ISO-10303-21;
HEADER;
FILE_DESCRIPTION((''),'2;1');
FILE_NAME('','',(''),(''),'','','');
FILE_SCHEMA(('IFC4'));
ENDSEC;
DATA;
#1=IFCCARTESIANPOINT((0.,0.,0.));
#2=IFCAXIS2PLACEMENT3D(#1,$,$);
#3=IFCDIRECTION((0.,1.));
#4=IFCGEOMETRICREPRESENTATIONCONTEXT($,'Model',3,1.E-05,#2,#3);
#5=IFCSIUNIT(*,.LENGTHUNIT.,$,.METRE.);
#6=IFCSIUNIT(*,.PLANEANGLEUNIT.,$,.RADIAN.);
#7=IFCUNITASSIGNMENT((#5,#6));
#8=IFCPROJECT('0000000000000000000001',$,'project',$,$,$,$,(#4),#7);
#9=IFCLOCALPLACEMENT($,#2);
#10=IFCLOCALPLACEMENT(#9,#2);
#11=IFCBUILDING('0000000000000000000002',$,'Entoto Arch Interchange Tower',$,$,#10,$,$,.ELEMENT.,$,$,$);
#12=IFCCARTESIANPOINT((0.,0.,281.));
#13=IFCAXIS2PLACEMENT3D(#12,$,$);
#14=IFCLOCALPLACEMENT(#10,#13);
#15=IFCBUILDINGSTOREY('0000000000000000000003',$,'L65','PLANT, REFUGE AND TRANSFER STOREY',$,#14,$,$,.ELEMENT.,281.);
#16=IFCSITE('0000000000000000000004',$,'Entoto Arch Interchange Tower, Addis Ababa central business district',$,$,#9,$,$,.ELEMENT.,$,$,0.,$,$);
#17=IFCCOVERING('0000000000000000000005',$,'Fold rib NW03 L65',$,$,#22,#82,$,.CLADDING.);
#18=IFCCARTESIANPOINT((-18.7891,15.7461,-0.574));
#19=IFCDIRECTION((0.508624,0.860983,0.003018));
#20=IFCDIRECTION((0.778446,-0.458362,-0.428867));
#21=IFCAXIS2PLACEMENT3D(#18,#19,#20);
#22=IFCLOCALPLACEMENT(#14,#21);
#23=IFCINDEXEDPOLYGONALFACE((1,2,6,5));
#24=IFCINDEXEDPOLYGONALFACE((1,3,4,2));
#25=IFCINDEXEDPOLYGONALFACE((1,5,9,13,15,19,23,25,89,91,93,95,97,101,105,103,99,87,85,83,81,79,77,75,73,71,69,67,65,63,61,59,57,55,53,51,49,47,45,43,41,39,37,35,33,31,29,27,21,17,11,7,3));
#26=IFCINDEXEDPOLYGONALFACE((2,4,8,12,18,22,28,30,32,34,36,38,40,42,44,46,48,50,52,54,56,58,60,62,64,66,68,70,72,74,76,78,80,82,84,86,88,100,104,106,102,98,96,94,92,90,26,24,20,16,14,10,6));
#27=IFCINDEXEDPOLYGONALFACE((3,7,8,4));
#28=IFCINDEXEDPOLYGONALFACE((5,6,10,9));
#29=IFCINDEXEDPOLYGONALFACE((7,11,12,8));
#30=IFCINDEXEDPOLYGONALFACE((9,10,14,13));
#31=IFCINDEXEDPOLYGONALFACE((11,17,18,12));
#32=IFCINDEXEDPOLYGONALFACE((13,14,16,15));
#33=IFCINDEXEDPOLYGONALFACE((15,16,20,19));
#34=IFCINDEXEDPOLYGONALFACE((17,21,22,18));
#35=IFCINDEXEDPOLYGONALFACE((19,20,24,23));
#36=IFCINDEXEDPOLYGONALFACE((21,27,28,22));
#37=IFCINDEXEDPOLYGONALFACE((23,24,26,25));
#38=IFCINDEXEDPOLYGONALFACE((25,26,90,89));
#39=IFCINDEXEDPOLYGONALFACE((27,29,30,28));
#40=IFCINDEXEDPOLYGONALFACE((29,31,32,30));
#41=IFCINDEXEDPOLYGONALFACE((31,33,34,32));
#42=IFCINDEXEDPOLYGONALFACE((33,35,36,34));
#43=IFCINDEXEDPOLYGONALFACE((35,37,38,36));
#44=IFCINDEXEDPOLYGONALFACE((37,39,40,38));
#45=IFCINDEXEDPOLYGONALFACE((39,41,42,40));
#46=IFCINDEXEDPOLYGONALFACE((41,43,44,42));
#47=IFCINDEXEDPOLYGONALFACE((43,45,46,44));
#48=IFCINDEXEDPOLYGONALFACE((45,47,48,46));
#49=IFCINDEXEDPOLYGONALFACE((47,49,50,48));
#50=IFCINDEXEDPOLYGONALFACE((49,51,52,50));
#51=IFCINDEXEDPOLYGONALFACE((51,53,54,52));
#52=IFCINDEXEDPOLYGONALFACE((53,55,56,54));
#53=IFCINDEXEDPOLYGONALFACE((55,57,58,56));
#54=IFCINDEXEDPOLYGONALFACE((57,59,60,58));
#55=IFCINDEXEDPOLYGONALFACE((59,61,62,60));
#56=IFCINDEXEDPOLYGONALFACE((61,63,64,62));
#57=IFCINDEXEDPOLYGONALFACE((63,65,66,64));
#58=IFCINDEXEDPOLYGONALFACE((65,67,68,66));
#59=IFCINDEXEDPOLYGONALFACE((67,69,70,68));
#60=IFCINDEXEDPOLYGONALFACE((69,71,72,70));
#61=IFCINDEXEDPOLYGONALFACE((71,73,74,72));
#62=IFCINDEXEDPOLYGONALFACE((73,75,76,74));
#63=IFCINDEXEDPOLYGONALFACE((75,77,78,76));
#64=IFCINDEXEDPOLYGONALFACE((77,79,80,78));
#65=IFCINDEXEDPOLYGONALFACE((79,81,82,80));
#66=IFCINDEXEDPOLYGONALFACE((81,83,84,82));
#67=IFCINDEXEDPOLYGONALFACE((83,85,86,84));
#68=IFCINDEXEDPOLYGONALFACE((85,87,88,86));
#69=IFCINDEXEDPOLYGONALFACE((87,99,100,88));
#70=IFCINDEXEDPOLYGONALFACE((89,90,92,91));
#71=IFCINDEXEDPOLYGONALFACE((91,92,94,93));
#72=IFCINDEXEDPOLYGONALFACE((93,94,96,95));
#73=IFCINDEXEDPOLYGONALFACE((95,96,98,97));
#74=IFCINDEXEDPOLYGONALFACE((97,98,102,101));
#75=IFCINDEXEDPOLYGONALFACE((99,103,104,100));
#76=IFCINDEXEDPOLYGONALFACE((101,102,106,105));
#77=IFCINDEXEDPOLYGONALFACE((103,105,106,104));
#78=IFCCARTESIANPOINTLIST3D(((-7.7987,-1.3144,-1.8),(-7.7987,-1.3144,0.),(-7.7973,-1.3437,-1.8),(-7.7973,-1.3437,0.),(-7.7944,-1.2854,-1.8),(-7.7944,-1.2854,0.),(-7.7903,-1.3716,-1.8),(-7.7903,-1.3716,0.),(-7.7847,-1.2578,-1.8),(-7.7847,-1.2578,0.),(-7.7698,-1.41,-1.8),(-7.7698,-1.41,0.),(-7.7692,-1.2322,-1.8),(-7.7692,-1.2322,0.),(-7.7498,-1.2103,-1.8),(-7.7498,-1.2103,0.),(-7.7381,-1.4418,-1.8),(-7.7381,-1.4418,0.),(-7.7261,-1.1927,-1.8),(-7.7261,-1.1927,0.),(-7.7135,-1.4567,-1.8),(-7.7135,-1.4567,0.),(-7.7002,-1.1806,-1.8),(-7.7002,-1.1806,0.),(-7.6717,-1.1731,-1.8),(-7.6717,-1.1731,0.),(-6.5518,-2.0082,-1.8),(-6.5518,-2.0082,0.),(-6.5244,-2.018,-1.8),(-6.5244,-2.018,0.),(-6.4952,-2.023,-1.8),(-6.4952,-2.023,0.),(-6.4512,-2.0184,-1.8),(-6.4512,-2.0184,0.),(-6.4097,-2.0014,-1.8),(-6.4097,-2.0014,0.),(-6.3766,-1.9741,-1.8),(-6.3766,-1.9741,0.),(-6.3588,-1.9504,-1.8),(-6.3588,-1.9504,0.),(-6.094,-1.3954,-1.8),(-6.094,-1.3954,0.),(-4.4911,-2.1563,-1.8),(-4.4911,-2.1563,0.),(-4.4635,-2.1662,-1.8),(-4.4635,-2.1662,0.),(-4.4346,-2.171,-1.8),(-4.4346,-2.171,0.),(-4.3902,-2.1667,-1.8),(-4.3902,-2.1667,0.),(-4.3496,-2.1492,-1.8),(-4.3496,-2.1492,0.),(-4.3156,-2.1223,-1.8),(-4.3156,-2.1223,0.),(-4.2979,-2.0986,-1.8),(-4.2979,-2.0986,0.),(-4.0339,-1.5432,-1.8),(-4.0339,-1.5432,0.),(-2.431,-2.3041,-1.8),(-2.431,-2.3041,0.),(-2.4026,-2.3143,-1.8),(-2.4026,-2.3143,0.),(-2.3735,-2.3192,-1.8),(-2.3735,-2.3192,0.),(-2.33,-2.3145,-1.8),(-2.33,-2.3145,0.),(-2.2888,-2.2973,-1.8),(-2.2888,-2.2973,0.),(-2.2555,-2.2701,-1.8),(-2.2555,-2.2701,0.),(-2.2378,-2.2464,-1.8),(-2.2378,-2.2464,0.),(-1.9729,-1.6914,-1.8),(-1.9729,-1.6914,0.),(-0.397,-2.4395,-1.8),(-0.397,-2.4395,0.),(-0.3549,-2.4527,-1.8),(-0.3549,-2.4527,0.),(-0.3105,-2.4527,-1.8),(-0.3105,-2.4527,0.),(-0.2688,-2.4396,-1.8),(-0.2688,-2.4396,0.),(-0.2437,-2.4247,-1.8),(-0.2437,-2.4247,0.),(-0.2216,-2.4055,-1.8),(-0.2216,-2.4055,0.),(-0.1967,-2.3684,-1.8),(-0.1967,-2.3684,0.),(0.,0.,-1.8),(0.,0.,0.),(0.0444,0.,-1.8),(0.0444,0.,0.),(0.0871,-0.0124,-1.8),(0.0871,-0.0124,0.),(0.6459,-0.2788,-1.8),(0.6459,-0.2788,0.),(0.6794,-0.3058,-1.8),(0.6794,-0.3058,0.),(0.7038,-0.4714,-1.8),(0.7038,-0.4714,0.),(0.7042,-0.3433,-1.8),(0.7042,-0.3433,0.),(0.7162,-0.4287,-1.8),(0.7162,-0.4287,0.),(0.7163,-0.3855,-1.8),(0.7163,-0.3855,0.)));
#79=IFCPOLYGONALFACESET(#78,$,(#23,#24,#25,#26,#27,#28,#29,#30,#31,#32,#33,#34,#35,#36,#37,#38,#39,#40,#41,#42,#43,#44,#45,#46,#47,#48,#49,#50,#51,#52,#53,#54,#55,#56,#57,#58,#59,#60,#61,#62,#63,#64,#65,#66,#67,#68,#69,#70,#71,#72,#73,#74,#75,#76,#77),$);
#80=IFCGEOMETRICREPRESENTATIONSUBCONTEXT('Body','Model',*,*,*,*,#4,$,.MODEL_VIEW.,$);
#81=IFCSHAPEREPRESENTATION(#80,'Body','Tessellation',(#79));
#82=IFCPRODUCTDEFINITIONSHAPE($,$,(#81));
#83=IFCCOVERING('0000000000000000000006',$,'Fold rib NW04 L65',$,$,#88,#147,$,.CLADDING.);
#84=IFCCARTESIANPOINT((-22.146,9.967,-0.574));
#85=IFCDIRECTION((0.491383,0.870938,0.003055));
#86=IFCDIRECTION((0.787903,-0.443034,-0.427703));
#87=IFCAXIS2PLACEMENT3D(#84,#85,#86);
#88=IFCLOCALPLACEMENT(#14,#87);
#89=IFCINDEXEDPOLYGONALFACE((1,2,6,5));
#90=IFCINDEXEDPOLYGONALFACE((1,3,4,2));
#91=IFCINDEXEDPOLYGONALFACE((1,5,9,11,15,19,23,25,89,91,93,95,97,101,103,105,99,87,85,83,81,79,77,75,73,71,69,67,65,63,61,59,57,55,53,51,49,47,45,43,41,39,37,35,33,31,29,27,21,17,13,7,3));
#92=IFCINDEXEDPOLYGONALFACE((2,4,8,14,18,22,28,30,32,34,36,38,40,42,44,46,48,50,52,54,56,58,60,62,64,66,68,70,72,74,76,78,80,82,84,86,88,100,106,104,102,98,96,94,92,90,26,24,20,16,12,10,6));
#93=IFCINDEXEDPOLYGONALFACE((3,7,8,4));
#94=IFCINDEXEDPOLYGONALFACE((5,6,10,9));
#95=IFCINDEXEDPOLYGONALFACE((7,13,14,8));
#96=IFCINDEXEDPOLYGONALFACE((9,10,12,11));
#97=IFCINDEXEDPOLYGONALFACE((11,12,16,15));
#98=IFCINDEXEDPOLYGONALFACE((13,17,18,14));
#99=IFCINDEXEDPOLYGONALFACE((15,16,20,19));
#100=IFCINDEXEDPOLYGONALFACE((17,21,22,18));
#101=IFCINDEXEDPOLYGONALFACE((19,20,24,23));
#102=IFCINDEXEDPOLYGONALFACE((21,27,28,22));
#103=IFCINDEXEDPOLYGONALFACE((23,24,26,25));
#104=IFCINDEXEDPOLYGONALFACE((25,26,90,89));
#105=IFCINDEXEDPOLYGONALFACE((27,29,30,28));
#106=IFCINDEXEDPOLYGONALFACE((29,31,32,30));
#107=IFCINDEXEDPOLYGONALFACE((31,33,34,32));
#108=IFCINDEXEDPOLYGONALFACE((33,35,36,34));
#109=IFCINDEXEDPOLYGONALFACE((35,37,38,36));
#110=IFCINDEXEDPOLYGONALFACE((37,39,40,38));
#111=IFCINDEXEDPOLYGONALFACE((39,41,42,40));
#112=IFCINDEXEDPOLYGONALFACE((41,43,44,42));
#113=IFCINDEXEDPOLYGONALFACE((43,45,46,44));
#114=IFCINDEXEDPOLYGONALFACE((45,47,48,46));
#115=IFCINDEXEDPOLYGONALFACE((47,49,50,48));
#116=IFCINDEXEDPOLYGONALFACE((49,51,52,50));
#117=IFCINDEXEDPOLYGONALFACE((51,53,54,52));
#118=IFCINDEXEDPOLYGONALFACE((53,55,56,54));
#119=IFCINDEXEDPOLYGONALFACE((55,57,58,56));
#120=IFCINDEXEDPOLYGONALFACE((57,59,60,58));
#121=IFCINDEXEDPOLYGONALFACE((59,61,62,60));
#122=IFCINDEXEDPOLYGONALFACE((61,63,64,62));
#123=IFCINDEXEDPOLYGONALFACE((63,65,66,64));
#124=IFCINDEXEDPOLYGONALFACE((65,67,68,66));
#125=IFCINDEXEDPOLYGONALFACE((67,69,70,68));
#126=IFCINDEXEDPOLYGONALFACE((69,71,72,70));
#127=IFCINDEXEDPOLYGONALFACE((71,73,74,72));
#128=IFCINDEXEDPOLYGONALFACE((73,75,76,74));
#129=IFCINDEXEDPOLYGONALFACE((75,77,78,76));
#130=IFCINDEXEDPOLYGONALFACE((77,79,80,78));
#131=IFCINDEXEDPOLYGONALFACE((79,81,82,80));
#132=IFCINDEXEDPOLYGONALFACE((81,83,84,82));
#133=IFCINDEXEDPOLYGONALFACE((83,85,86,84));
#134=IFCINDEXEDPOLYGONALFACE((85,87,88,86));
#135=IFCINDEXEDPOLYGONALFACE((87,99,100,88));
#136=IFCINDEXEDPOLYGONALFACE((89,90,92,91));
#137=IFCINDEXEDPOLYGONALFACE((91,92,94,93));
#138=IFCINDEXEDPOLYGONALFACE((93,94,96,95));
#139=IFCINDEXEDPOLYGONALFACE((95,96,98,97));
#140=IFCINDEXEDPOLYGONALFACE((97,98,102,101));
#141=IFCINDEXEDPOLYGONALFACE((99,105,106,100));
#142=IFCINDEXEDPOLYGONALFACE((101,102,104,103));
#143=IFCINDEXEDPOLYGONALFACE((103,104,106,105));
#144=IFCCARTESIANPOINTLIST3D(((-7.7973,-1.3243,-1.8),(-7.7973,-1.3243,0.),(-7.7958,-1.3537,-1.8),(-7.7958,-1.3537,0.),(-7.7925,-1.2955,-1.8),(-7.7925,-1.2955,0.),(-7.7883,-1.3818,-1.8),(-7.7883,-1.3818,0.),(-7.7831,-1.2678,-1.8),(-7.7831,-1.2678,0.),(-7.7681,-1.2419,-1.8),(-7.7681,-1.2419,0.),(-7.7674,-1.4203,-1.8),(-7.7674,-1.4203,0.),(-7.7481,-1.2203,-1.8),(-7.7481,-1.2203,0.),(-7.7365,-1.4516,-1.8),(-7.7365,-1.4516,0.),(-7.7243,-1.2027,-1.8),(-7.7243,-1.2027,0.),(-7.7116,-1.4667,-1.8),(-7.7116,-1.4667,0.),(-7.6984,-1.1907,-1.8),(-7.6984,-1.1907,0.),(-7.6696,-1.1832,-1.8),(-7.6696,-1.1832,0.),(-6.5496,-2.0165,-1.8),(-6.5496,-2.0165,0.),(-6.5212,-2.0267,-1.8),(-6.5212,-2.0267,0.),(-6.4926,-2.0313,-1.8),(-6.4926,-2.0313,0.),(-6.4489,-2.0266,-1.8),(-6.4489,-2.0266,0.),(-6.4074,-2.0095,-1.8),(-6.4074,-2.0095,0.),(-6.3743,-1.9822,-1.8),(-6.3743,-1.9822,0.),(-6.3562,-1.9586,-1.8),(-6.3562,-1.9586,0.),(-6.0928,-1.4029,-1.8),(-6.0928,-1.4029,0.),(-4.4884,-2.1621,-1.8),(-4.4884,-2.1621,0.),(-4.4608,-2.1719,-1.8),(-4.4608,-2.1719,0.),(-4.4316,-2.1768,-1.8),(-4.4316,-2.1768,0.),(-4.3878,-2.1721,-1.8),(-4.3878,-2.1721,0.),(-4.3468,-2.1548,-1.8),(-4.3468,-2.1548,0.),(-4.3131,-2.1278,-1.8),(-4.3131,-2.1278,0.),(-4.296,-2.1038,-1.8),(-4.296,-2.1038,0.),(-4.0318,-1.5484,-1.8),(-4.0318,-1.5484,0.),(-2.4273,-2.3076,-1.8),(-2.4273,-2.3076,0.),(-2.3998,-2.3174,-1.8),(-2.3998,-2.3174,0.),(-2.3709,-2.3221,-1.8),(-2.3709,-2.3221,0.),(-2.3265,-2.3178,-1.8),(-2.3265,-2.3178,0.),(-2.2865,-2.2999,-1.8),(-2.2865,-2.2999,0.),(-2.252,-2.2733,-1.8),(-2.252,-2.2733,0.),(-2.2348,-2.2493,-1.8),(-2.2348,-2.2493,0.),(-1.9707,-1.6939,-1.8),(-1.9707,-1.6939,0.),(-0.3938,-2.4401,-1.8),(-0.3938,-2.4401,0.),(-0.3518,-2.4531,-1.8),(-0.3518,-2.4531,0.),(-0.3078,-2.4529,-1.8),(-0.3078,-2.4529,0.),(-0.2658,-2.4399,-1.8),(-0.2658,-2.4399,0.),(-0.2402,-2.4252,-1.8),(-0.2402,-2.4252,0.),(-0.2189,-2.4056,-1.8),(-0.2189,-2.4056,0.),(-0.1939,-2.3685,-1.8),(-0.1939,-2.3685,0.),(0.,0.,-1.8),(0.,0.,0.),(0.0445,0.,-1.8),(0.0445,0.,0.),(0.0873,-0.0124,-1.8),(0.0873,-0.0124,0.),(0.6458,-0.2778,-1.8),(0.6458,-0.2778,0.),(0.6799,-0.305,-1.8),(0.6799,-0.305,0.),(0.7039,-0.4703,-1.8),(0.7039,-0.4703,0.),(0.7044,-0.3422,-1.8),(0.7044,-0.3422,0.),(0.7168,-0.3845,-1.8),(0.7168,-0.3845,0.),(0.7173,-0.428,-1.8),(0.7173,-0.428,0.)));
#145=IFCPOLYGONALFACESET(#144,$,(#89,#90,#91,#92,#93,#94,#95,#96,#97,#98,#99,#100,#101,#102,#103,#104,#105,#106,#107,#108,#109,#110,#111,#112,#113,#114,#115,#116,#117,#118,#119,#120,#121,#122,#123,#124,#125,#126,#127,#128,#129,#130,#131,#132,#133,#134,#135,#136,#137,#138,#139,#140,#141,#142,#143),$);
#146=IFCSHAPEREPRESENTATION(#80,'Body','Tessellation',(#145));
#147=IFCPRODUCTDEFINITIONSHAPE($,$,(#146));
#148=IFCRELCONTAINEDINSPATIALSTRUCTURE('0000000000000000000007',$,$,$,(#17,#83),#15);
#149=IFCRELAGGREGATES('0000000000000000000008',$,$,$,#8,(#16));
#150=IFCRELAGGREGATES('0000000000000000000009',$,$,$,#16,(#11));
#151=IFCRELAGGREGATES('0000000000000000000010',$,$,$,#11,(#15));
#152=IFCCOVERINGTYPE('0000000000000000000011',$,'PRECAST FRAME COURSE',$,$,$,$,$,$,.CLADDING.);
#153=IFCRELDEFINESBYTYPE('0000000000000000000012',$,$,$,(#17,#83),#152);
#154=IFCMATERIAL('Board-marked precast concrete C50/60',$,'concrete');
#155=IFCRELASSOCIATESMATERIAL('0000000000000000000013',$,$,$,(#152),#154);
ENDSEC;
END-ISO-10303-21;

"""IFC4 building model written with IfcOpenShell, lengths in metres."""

from ifc_helpers import new_model, si_unit, direction, frame, origin, place, context, subcontext, project, spatial, polyline, outline, extrude, material, type_object, element, save


model = new_model("IFC4")

# Units and contexts
model_context = context("Model", 3, precision=1e-05, world=origin(), true_north=direction((0.0, 1.0)))
body_context = subcontext(model_context, "Body", "Model", "MODEL_VIEW")
ifc_project = project(units=[si_unit("LENGTHUNIT", "METRE"), si_unit("PLANEANGLEUNIT", "RADIAN")], contexts=[model_context])

# Site, building, storey
site_placement = place(None, origin())
site = spatial("IfcSite", under=ifc_project, at=site_placement, Name="Entoto Arch Interchange Tower, Addis Ababa central business district", CompositionType="ELEMENT", RefElevation=0.0)
building_placement = place(site_placement, origin())
building = spatial("IfcBuilding", under=site, at=building_placement, Name="Entoto Arch Interchange Tower", CompositionType="ELEMENT")
storey_placement = place(building_placement, frame((0.0, 0.0, 281.0)))
storey = spatial("IfcBuildingStorey", under=building, at=storey_placement, Name="L65", Description="PLANT, REFUGE AND TRANSFER STOREY", CompositionType="ELEMENT", Elevation=281.0)

# Shared definitions
ifc_material_1 = material(Name="Board-marked precast concrete C50/60", Category="concrete")

# Coverings
covering_type = type_object("IfcCoveringType", Name="PRECAST FRAME COURSE", PredefinedType="CLADDING", material=ifc_material_1)
covering_1_placement = place(storey_placement, frame((-18.7891, 15.7461, -0.574), z_axis=(0.508624, 0.860983, 0.003018), x_axis=(0.778446, -0.458362, -0.428867)))
element("IfcCovering", 1, at=covering_1_placement, inside=storey, type_object=covering_type, Name="Fold rib NW03 L65", PredefinedType="CLADDING", context=body_context, shape_type="SweptSolid", body=[
    extrude(outline(polyline([(0.0, 0.0), (0.0444, 0.0), (0.0871, -0.0124), (0.6459, -0.2788), (0.6794, -0.3058), (0.7042, -0.3433), (0.7163, -0.3855), (0.7162, -0.4287), (0.7038, -0.4714), (-0.1967, -2.3684), (-0.2216, -2.4055), (-0.2437, -2.4247), (-0.2688, -2.4396), (-0.3105, -2.4527), (-0.3549, -2.4527), (-0.397, -2.4395), (-1.9729, -1.6914), (-2.2378, -2.2464), (-2.2555, -2.2701), (-2.2888, -2.2973), (-2.33, -2.3145), (-2.3735, -2.3192), (-2.4026, -2.3143), (-2.431, -2.3041), (-4.0339, -1.5432), (-4.2979, -2.0986), (-4.3156, -2.1223), (-4.3496, -2.1492), (-4.3902, -2.1667), (-4.4346, -2.171), (-4.4635, -2.1662), (-4.4911, -2.1563), (-6.094, -1.3954), (-6.3588, -1.9504), (-6.3766, -1.9741), (-6.4097, -2.0014), (-6.4512, -2.0184), (-6.4952, -2.023), (-6.5244, -2.018), (-6.5518, -2.0082), (-7.7135, -1.4567), (-7.7381, -1.4418), (-7.7698, -1.41), (-7.7903, -1.3716), (-7.7973, -1.3437), (-7.7987, -1.3144), (-7.7944, -1.2854), (-7.7847, -1.2578), (-7.7692, -1.2322), (-7.7498, -1.2103), (-7.7261, -1.1927), (-7.7002, -1.1806), (-7.6717, -1.1731), (0.0, 0.0)])), origin(), (0.0, 0.0, -1.0), 1.8),
])
covering_2_placement = place(storey_placement, frame((-22.146, 9.967, -0.574), z_axis=(0.491383, 0.870938, 0.003055), x_axis=(0.787903, -0.443034, -0.427703)))
element("IfcCovering", 2, at=covering_2_placement, inside=storey, type_object=covering_type, Name="Fold rib NW04 L65", PredefinedType="CLADDING", context=body_context, shape_type="SweptSolid", body=[
    extrude(outline(polyline([(0.0, 0.0), (0.0445, 0.0), (0.0873, -0.0124), (0.6458, -0.2778), (0.6799, -0.305), (0.7044, -0.3422), (0.7168, -0.3845), (0.7173, -0.428), (0.7039, -0.4703), (-0.1939, -2.3685), (-0.2189, -2.4056), (-0.2402, -2.4252), (-0.2658, -2.4399), (-0.3078, -2.4529), (-0.3518, -2.4531), (-0.3938, -2.4401), (-1.9707, -1.6939), (-2.2348, -2.2493), (-2.252, -2.2733), (-2.2865, -2.2999), (-2.3265, -2.3178), (-2.3709, -2.3221), (-2.3998, -2.3174), (-2.4273, -2.3076), (-4.0318, -1.5484), (-4.296, -2.1038), (-4.3131, -2.1278), (-4.3468, -2.1548), (-4.3878, -2.1721), (-4.4316, -2.1768), (-4.4608, -2.1719), (-4.4884, -2.1621), (-6.0928, -1.4029), (-6.3562, -1.9586), (-6.3743, -1.9822), (-6.4074, -2.0095), (-6.4489, -2.0266), (-6.4926, -2.0313), (-6.5212, -2.0267), (-6.5496, -2.0165), (-7.7116, -1.4667), (-7.7365, -1.4516), (-7.7674, -1.4203), (-7.7883, -1.3818), (-7.7958, -1.3537), (-7.7973, -1.3243), (-7.7925, -1.2955), (-7.7831, -1.2678), (-7.7681, -1.2419), (-7.7481, -1.2203), (-7.7243, -1.2027), (-7.6984, -1.1907), (-7.6696, -1.1832), (0.0, 0.0)])), origin(), (0.0, 0.0, -1.0), 1.8),
])

save(model, "model.ifc")
